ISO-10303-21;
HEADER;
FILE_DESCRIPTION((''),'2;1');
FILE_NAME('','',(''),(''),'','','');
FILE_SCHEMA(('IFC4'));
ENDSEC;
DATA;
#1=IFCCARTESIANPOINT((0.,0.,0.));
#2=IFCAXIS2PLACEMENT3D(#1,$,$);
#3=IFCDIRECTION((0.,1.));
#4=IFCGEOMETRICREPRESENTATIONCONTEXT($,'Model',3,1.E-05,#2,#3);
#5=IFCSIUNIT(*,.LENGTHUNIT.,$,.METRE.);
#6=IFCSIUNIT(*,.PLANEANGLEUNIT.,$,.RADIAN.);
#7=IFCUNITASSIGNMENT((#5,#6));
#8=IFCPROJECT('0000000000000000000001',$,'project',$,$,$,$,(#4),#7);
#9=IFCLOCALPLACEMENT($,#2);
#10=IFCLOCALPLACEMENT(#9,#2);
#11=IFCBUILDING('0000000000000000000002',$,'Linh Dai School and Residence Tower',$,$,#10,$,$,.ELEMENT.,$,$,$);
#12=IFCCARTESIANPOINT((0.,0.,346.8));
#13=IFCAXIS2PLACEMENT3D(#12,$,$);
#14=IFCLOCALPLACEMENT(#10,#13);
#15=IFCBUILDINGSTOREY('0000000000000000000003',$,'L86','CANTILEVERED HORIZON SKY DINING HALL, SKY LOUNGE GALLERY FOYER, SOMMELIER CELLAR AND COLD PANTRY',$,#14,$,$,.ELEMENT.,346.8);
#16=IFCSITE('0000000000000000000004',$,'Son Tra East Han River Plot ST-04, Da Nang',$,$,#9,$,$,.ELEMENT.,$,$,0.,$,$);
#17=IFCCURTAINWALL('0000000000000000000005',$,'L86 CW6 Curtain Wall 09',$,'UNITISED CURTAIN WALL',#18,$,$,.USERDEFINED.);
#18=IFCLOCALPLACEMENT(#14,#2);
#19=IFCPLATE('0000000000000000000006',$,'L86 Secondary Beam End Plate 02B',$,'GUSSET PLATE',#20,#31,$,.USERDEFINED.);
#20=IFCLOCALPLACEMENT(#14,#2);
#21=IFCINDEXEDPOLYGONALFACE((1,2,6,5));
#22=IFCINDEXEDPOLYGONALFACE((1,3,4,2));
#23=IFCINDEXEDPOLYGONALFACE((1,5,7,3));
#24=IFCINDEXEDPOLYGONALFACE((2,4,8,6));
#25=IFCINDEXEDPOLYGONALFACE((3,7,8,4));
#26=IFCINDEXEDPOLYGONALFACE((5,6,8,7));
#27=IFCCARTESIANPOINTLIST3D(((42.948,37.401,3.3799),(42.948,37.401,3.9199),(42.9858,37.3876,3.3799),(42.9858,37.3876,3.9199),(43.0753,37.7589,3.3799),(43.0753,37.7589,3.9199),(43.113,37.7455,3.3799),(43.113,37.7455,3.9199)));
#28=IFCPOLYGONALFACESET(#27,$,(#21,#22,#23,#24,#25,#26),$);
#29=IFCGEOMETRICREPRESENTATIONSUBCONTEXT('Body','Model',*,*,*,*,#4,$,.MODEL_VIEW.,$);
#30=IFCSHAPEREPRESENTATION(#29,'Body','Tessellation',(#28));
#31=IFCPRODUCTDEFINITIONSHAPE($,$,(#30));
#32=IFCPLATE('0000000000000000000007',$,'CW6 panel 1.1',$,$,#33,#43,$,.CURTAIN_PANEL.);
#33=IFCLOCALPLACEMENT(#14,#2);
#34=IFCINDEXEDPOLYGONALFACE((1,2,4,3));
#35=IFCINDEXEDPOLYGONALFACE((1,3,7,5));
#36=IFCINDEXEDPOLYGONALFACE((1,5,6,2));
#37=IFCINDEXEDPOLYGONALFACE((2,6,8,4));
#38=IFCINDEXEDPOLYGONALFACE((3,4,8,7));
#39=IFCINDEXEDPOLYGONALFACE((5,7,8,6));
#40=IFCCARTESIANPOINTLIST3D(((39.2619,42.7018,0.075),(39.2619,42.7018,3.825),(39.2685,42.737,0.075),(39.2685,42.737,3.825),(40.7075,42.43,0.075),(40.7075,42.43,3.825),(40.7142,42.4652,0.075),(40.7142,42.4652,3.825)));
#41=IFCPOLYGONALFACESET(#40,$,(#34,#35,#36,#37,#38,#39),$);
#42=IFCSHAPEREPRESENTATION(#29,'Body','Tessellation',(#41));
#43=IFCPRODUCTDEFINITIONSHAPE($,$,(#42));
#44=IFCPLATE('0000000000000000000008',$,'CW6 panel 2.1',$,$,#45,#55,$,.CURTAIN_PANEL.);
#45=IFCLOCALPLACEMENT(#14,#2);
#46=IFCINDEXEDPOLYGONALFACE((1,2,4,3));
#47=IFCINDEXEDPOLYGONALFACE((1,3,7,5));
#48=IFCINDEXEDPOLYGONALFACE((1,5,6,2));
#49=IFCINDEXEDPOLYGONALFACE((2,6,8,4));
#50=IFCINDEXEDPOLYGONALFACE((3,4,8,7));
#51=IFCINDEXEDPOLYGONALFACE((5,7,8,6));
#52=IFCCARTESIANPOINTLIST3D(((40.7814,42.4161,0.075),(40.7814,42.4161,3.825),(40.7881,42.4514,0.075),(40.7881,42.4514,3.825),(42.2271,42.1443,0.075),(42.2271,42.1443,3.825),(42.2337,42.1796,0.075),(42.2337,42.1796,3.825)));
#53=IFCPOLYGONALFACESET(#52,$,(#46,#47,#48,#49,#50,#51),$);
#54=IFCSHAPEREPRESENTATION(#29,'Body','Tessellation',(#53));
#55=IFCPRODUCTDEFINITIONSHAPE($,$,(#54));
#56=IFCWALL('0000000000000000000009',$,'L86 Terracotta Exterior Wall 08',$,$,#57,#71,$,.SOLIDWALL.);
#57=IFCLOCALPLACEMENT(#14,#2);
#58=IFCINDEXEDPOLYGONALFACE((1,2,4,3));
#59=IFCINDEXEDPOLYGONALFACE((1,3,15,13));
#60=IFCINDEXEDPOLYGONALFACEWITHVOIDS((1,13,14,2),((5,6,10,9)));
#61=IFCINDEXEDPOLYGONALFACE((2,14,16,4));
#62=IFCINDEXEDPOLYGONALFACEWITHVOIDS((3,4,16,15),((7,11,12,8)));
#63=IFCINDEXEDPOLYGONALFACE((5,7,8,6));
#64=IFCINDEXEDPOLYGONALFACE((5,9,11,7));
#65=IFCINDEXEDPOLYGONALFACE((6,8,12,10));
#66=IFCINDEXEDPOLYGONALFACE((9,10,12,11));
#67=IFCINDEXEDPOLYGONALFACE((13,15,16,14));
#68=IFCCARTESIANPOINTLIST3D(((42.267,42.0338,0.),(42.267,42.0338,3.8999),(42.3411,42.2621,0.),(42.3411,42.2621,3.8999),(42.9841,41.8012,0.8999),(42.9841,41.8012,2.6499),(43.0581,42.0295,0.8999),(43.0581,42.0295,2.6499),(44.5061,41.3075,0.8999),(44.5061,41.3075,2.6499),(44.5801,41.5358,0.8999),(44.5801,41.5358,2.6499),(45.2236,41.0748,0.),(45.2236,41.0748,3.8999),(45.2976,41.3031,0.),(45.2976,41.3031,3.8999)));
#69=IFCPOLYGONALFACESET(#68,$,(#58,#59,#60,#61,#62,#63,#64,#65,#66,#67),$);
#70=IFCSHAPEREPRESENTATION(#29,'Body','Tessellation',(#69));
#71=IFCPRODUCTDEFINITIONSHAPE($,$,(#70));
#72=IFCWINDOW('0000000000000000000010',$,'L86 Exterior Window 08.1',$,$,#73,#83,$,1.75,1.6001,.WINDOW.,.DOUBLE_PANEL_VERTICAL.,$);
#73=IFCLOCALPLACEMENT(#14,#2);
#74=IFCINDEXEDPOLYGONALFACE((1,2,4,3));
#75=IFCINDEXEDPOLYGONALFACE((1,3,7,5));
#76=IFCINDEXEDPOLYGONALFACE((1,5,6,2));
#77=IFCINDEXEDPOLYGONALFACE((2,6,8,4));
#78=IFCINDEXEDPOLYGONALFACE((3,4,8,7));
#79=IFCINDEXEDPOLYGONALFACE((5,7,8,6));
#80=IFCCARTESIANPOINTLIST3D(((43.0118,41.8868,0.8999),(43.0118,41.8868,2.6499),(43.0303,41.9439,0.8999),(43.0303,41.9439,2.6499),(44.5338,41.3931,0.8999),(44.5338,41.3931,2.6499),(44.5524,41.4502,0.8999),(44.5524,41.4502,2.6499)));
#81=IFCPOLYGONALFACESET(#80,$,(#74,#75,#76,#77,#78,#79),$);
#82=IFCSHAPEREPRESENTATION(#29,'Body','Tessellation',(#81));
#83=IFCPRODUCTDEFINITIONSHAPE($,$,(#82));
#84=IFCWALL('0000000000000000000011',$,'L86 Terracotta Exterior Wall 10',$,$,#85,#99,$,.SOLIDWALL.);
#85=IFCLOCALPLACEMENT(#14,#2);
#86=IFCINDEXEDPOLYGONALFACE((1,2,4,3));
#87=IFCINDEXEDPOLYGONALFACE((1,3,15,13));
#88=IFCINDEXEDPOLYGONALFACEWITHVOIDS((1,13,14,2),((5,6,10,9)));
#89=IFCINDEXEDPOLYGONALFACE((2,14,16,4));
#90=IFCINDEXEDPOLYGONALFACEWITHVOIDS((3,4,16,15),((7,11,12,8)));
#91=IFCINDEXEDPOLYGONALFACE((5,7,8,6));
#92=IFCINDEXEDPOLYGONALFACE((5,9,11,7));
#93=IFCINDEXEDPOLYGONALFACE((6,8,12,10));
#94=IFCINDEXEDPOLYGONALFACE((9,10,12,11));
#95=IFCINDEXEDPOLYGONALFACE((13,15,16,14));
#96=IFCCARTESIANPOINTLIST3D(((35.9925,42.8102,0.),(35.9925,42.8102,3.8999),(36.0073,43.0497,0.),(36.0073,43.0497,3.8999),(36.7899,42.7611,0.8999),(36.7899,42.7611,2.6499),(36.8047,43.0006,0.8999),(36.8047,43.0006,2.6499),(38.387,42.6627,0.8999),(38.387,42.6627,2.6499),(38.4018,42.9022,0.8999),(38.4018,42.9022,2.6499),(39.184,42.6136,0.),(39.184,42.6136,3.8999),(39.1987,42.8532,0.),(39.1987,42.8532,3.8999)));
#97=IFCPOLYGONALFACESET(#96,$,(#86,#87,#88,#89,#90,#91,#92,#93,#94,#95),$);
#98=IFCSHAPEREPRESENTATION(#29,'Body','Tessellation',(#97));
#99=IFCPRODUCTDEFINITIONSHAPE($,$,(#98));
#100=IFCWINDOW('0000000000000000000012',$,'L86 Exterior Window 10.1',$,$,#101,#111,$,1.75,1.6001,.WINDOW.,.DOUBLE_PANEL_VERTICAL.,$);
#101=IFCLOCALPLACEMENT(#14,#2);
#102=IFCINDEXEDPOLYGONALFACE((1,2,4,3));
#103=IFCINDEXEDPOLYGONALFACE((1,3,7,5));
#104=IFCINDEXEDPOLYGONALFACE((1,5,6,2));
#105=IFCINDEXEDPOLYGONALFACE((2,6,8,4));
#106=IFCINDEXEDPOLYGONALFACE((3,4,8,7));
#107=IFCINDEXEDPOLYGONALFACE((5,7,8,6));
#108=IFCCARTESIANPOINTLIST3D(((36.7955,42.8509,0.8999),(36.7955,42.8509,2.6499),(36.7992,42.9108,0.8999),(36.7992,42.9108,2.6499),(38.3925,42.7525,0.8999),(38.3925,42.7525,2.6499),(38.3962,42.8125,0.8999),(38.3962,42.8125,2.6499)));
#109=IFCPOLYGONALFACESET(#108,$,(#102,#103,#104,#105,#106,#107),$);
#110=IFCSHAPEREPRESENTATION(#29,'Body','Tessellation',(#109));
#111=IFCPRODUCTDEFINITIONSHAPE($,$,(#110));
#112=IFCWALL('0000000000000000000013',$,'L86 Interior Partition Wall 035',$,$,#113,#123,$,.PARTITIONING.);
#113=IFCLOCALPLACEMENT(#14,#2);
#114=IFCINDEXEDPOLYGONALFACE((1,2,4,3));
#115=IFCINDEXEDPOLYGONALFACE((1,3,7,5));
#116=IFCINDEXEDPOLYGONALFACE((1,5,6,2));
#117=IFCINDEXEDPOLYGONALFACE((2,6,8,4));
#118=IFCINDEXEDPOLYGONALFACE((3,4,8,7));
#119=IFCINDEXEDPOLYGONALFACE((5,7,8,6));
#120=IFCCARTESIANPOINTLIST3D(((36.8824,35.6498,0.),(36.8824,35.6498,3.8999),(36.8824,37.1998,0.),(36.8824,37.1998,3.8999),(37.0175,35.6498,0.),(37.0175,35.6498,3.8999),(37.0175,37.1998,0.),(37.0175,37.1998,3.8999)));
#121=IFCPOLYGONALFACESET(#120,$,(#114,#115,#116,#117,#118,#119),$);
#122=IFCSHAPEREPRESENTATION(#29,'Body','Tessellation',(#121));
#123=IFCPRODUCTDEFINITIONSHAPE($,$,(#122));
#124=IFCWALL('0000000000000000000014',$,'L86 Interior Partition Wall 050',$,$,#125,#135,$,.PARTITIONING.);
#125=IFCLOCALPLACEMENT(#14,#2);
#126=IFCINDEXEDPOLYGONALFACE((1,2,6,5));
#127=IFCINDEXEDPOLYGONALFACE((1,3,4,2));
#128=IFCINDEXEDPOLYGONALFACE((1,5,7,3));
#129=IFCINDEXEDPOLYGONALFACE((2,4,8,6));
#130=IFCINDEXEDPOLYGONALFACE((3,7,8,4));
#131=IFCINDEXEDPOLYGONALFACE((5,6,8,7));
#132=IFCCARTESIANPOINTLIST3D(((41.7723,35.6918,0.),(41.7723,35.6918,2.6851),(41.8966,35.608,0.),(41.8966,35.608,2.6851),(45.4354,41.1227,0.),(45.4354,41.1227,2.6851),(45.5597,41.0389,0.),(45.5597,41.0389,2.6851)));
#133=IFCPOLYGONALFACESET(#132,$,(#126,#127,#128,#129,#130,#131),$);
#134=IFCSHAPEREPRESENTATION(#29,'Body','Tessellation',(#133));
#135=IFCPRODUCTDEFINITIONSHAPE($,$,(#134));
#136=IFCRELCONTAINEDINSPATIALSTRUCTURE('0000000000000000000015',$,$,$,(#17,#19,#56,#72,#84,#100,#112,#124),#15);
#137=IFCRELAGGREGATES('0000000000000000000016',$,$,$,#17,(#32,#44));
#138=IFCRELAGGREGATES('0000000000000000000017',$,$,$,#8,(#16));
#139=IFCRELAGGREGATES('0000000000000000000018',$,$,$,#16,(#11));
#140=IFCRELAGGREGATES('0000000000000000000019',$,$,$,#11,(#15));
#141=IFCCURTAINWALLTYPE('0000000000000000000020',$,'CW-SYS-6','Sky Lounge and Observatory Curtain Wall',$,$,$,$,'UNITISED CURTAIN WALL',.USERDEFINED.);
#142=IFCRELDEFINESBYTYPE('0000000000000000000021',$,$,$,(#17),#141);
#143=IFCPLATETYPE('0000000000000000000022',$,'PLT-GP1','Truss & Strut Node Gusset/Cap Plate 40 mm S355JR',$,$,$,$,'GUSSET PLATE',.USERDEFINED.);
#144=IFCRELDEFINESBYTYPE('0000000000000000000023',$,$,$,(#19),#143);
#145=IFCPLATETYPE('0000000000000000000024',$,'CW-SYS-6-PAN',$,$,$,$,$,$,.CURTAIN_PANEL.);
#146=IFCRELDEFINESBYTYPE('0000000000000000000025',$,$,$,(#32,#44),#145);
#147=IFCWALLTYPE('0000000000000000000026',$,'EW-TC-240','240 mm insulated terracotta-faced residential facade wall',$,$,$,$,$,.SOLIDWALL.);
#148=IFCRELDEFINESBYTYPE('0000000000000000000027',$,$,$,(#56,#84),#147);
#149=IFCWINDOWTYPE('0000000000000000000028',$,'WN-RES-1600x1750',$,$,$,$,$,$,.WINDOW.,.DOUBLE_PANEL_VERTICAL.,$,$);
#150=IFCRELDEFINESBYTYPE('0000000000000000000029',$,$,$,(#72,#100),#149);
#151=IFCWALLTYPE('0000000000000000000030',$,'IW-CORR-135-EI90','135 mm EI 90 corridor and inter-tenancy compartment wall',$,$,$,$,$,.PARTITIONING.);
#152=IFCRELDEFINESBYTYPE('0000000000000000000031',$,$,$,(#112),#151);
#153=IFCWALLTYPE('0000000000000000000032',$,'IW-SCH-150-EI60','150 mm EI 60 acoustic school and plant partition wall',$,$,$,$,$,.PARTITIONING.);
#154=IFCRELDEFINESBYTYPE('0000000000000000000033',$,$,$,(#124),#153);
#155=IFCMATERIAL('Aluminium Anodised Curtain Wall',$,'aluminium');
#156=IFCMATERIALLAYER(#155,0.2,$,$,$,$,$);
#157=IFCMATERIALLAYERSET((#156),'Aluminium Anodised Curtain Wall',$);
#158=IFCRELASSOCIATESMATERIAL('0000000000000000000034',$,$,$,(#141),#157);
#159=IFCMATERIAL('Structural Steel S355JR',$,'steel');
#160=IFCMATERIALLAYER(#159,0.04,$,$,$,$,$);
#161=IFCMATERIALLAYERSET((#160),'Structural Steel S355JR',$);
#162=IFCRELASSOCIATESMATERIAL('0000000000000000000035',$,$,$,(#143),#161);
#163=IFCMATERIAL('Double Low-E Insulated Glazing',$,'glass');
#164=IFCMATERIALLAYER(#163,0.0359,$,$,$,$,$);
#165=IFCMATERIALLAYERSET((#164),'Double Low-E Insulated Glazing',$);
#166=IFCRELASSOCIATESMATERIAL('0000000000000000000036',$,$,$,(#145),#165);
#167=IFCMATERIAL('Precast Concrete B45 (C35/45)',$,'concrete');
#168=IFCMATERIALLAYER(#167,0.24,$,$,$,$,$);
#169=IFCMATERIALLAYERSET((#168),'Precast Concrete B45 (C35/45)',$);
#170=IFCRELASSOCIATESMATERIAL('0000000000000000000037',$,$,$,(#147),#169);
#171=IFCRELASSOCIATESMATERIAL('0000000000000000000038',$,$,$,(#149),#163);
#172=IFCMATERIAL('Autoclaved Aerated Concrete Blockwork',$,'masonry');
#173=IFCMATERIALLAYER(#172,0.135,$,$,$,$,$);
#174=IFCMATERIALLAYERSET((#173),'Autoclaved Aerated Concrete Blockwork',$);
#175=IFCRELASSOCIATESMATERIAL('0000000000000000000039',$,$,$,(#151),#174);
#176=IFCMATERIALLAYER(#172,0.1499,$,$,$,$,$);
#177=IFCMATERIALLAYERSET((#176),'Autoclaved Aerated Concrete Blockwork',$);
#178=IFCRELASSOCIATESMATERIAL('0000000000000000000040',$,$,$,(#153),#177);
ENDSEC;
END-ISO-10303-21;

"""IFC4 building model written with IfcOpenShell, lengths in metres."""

from ifc_helpers import new_model, si_unit, direction, frame, frame_2d, origin, origin_2d, place, context, subcontext, project, spatial, rectangle, extrude, source, transform, mapped, material, layer, layer_set, type_object, element, fill, aggregate, save


model = new_model("IFC4")

# Units and contexts
model_context = context("Model", 3, precision=1e-05, world=origin(), true_north=direction((0.0, 1.0)))
body_context = subcontext(model_context, "Body", "Model", "MODEL_VIEW")
ifc_project = project(units=[si_unit("LENGTHUNIT", "METRE"), si_unit("PLANEANGLEUNIT", "RADIAN")], contexts=[model_context])

# Site, building, storey
site_placement = place(None, origin())
site = spatial("IfcSite", under=ifc_project, at=site_placement, Name="Son Tra East Han River Plot ST-04, Da Nang", CompositionType="ELEMENT", RefElevation=0.0)
building_placement = place(site_placement, origin())
building = spatial("IfcBuilding", under=site, at=building_placement, Name="Linh Dai School and Residence Tower", CompositionType="ELEMENT")
storey_placement = place(building_placement, frame((0.0, 0.0, 346.8)))
storey = spatial("IfcBuildingStorey", under=building, at=storey_placement, Name="L86", Description="CANTILEVERED HORIZON SKY DINING HALL, SKY LOUNGE GALLERY FOYER, SOMMELIER CELLAR AND COLD PANTRY", CompositionType="ELEMENT", Elevation=346.8)

# Shared definitions
ifc_material_1 = material(Name="Structural Steel S355JR", Category="steel")

# Curtain wall
ifc_material_2 = material(Name="Aluminium Anodised Curtain Wall", Category="aluminium")
ifc_layer_1 = layer(ifc_material_2, 0.2)
ifc_layer_set_1 = layer_set([ifc_layer_1], Name="Aluminium Anodised Curtain Wall")
curtain_wall_type = type_object("IfcCurtainWallType", Name="CW-SYS-6", Description="Sky Lounge and Observatory Curtain Wall", ElementType="UNITISED CURTAIN WALL", PredefinedType="USERDEFINED", material=ifc_layer_set_1)
curtain_wall_placement = place(storey_placement, origin())
curtain_wall = element("IfcCurtainWall", 1, at=curtain_wall_placement, inside=storey, type_object=curtain_wall_type, Name="L86 CW6 Curtain Wall 09", ObjectType="UNITISED CURTAIN WALL", PredefinedType="USERDEFINED")

# Plates
ifc_layer_2 = layer(ifc_material_1, 0.04)
ifc_layer_set_2 = layer_set([ifc_layer_2], Name="Structural Steel S355JR")
plate_type_1 = type_object("IfcPlateType", Name="PLT-GP1", Description="Truss & Strut Node Gusset/Cap Plate 40 mm S355JR", ElementType="GUSSET PLATE", PredefinedType="USERDEFINED", material=ifc_layer_set_2)
shared_shape_1 = source(origin(), body_context, "Body", "SweptSolid", [
    extrude(rectangle(XDim=0.04, YDim=0.3799, at=origin_2d()), origin(), (0.0, 0.0, 1.0), 0.54),
])
plate_1_placement = place(storey_placement, frame((43.0305, 37.5732, 3.3799), z_axis=(0.0, 0.0, 1.0), x_axis=(-0.942251, 0.334909, 0.0)))
element("IfcPlate", 2, at=plate_1_placement, inside=storey, type_object=plate_type_1, Name="L86 Secondary Beam End Plate 02B", ObjectType="GUSSET PLATE", PredefinedType="USERDEFINED", context=body_context, shape_type="MappedRepresentation", body=[
    mapped(shared_shape_1, transform((0.0, 0.0, 0.0), x_axis=(1.0, 0.0, 0.0), y_axis=(0.0, 1.0, 0.0), z_axis=(0.0, 0.0, 1.0), scale=1.0)),
])
ifc_material_3 = material(Name="Double Low-E Insulated Glazing", Category="glass")
ifc_layer_3 = layer(ifc_material_3, 0.0359)
ifc_layer_set_3 = layer_set([ifc_layer_3], Name="Double Low-E Insulated Glazing")
plate_type_2 = type_object("IfcPlateType", Name="CW-SYS-6-PAN", PredefinedType="CURTAIN_PANEL", material=ifc_layer_set_3)
shared_shape_2 = source(origin(), body_context, "Body", "SweptSolid", [
    extrude(rectangle(XDim=1.4709, YDim=0.0359, at=origin_2d()), origin(), (0.0, 0.0, 1.0), 3.75),
])
plate_2_placement = place(storey_placement, frame((39.988, 42.5835, 0.075), z_axis=(0.0, 0.0, 1.0), x_axis=(0.982779, -0.184785, 0.0)))
plate_2 = element("IfcPlate", 3, at=plate_2_placement, type_object=plate_type_2, Name="CW6 panel 1.1", PredefinedType="CURTAIN_PANEL", context=body_context, shape_type="MappedRepresentation", body=[
    mapped(shared_shape_2, transform((0.0, 0.0, 0.0), x_axis=(1.0, 0.0, 0.0), y_axis=(0.0, 1.0, 0.0), z_axis=(0.0, 0.0, 1.0), scale=1.0)),
])
plate_3_placement = place(storey_placement, frame((41.5076, 42.2979, 0.075), z_axis=(0.0, 0.0, 1.0), x_axis=(0.982779, -0.184785, 0.0)))
plate_3 = element("IfcPlate", 4, at=plate_3_placement, type_object=plate_type_2, Name="CW6 panel 2.1", PredefinedType="CURTAIN_PANEL", context=body_context, shape_type="MappedRepresentation", body=[
    mapped(shared_shape_2, transform((0.0, 0.0, 0.0), x_axis=(1.0, 0.0, 0.0), y_axis=(0.0, 1.0, 0.0), z_axis=(0.0, 0.0, 1.0), scale=1.0)),
])
aggregate(curtain_wall, [plate_2, plate_3])

# Walls, openings, windows
ifc_material_4 = material(Name="Precast Concrete B45 (C35/45)", Category="concrete")
ifc_layer_4 = layer(ifc_material_4, 0.24)
ifc_layer_set_4 = layer_set([ifc_layer_4], Name="Precast Concrete B45 (C35/45)")
wall_type_1 = type_object("IfcWallType", Name="EW-TC-240", Description="240 mm insulated terracotta-faced residential facade wall", PredefinedType="SOLIDWALL", material=ifc_layer_set_4)
wall_1_placement = place(storey_placement, frame((42.304, 42.1479, 0.0), z_axis=(0.0, 0.0, 1.0), x_axis=(0.951213, -0.308535, 0.0)))
wall_1 = element("IfcWall", 5, at=wall_1_placement, inside=storey, type_object=wall_type_1, Name="L86 Terracotta Exterior Wall 08", PredefinedType="SOLIDWALL", context=body_context, shape_type="SweptSolid", body=[
    extrude(rectangle(XDim=3.1082, YDim=0.24, at=frame_2d((1.5542, 0.0))), origin(), (0.0, 0.0, 1.0), 3.8999),
])
opening_1_placement = place(wall_1_placement, frame((0.7539, 0.0, 0.8999)))
opening_1 = element("IfcOpeningElement", 6, at=opening_1_placement, cuts=wall_1, PredefinedType="OPENING", context=body_context, shape_type="SweptSolid", body=[
    extrude(rectangle(XDim=1.6001, YDim=1.75, at=origin_2d()), frame((0.8, 0.1299, 0.875), z_axis=(0.0, -1.0, 0.0), x_axis=(1.0, 0.0, 0.0)), (0.0, 0.0, 1.0), 0.26),
])
window_type = type_object("IfcWindowType", Name="WN-RES-1600x1750", PartitioningType="DOUBLE_PANEL_VERTICAL", PredefinedType="WINDOW", material=ifc_material_3)
shared_shape_3 = source(origin(), body_context, "Body", "SweptSolid", [
    extrude(rectangle(XDim=1.6001, YDim=1.75, at=origin_2d()), frame((0.8, 0.03, 0.875), z_axis=(0.0, -1.0, 0.0), x_axis=(1.0, 0.0, 0.0)), (0.0, 0.0, 1.0), 0.0601),
])
window_1_placement = place(opening_1_placement, origin())
window_1 = element("IfcWindow", 7, at=window_1_placement, inside=storey, type_object=window_type, Name="L86 Exterior Window 08.1", OverallHeight=1.75, OverallWidth=1.6001, PartitioningType="DOUBLE_PANEL_VERTICAL", PredefinedType="WINDOW", context=body_context, shape_type="MappedRepresentation", body=[
    mapped(shared_shape_3, transform((0.0, 0.0, 0.0), x_axis=(1.0, 0.0, 0.0), y_axis=(0.0, 1.0, 0.0), z_axis=(0.0, 0.0, 1.0), scale=1.0)),
])
fill(opening_1, window_1)
wall_2_placement = place(storey_placement, frame((36.0, 42.9299, 0.0), z_axis=(0.0, 0.0, 1.0), x_axis=(0.998109, -0.061466, 0.0)))
wall_2 = element("IfcWall", 8, at=wall_2_placement, inside=storey, type_object=wall_type_1, Name="L86 Terracotta Exterior Wall 10", PredefinedType="SOLIDWALL", context=body_context, shape_type="SweptSolid", body=[
    extrude(rectangle(XDim=3.1975, YDim=0.24, at=frame_2d((1.5986, 0.0))), origin(), (0.0, 0.0, 1.0), 3.8999),
])
opening_2_placement = place(wall_2_placement, frame((0.7988, 0.0, 0.8999)))
opening_2 = element("IfcOpeningElement", 9, at=opening_2_placement, cuts=wall_2, PredefinedType="OPENING", context=body_context, shape_type="SweptSolid", body=[
    extrude(rectangle(XDim=1.6001, YDim=1.75, at=origin_2d()), frame((0.8, 0.1299, 0.875), z_axis=(0.0, -1.0, 0.0), x_axis=(1.0, 0.0, 0.0)), (0.0, 0.0, 1.0), 0.26),
])
window_2_placement = place(opening_2_placement, origin())
window_2 = element("IfcWindow", 10, at=window_2_placement, inside=storey, type_object=window_type, Name="L86 Exterior Window 10.1", OverallHeight=1.75, OverallWidth=1.6001, PartitioningType="DOUBLE_PANEL_VERTICAL", PredefinedType="WINDOW", context=body_context, shape_type="MappedRepresentation", body=[
    mapped(shared_shape_3, transform((0.0, 0.0, 0.0), x_axis=(1.0, 0.0, 0.0), y_axis=(0.0, 1.0, 0.0), z_axis=(0.0, 0.0, 1.0), scale=1.0)),
])
fill(opening_2, window_2)

# Wall
ifc_material_5 = material(Name="Autoclaved Aerated Concrete Blockwork", Category="masonry")
ifc_layer_5 = layer(ifc_material_5, 0.135)
ifc_layer_set_5 = layer_set([ifc_layer_5], Name="Autoclaved Aerated Concrete Blockwork")
wall_type_2 = type_object("IfcWallType", Name="IW-CORR-135-EI90", Description="135 mm EI 90 corridor and inter-tenancy compartment wall", PredefinedType="PARTITIONING", material=ifc_layer_set_5)
wall_3_placement = place(storey_placement, frame((36.95, 35.6499, 0.0), z_axis=(0.0, 0.0, 1.0), x_axis=(0.0, 1.0, 0.0)))
element("IfcWall", 11, at=wall_3_placement, inside=storey, type_object=wall_type_2, Name="L86 Interior Partition Wall 035", PredefinedType="PARTITIONING", context=body_context, shape_type="SweptSolid", body=[
    extrude(rectangle(XDim=1.55, YDim=0.135, at=frame_2d((0.7749, 0.0))), origin(), (0.0, 0.0, 1.0), 3.8999),
])

# Wall
ifc_layer_6 = layer(ifc_material_5, 0.1499)
ifc_layer_set_6 = layer_set([ifc_layer_6], Name="Autoclaved Aerated Concrete Blockwork")
wall_type_3 = type_object("IfcWallType", Name="IW-SCH-150-EI60", Description="150 mm EI 60 acoustic school and plant partition wall", PredefinedType="PARTITIONING", material=ifc_layer_set_6)
wall_4_placement = place(storey_placement, frame((41.8345, 35.6499, 0.0), z_axis=(0.0, 0.0, 1.0), x_axis=(0.559182, 0.829045, 0.0)))
element("IfcWall", 12, at=wall_4_placement, inside=storey, type_object=wall_type_3, Name="L86 Interior Partition Wall 050", PredefinedType="PARTITIONING", context=body_context, shape_type="SweptSolid", body=[
    extrude(rectangle(XDim=6.5508, YDim=0.1499, at=frame_2d((3.2754, 0.0))), origin(), (0.0, 0.0, 1.0), 2.6851),
])

save(model, "model.ifc")
